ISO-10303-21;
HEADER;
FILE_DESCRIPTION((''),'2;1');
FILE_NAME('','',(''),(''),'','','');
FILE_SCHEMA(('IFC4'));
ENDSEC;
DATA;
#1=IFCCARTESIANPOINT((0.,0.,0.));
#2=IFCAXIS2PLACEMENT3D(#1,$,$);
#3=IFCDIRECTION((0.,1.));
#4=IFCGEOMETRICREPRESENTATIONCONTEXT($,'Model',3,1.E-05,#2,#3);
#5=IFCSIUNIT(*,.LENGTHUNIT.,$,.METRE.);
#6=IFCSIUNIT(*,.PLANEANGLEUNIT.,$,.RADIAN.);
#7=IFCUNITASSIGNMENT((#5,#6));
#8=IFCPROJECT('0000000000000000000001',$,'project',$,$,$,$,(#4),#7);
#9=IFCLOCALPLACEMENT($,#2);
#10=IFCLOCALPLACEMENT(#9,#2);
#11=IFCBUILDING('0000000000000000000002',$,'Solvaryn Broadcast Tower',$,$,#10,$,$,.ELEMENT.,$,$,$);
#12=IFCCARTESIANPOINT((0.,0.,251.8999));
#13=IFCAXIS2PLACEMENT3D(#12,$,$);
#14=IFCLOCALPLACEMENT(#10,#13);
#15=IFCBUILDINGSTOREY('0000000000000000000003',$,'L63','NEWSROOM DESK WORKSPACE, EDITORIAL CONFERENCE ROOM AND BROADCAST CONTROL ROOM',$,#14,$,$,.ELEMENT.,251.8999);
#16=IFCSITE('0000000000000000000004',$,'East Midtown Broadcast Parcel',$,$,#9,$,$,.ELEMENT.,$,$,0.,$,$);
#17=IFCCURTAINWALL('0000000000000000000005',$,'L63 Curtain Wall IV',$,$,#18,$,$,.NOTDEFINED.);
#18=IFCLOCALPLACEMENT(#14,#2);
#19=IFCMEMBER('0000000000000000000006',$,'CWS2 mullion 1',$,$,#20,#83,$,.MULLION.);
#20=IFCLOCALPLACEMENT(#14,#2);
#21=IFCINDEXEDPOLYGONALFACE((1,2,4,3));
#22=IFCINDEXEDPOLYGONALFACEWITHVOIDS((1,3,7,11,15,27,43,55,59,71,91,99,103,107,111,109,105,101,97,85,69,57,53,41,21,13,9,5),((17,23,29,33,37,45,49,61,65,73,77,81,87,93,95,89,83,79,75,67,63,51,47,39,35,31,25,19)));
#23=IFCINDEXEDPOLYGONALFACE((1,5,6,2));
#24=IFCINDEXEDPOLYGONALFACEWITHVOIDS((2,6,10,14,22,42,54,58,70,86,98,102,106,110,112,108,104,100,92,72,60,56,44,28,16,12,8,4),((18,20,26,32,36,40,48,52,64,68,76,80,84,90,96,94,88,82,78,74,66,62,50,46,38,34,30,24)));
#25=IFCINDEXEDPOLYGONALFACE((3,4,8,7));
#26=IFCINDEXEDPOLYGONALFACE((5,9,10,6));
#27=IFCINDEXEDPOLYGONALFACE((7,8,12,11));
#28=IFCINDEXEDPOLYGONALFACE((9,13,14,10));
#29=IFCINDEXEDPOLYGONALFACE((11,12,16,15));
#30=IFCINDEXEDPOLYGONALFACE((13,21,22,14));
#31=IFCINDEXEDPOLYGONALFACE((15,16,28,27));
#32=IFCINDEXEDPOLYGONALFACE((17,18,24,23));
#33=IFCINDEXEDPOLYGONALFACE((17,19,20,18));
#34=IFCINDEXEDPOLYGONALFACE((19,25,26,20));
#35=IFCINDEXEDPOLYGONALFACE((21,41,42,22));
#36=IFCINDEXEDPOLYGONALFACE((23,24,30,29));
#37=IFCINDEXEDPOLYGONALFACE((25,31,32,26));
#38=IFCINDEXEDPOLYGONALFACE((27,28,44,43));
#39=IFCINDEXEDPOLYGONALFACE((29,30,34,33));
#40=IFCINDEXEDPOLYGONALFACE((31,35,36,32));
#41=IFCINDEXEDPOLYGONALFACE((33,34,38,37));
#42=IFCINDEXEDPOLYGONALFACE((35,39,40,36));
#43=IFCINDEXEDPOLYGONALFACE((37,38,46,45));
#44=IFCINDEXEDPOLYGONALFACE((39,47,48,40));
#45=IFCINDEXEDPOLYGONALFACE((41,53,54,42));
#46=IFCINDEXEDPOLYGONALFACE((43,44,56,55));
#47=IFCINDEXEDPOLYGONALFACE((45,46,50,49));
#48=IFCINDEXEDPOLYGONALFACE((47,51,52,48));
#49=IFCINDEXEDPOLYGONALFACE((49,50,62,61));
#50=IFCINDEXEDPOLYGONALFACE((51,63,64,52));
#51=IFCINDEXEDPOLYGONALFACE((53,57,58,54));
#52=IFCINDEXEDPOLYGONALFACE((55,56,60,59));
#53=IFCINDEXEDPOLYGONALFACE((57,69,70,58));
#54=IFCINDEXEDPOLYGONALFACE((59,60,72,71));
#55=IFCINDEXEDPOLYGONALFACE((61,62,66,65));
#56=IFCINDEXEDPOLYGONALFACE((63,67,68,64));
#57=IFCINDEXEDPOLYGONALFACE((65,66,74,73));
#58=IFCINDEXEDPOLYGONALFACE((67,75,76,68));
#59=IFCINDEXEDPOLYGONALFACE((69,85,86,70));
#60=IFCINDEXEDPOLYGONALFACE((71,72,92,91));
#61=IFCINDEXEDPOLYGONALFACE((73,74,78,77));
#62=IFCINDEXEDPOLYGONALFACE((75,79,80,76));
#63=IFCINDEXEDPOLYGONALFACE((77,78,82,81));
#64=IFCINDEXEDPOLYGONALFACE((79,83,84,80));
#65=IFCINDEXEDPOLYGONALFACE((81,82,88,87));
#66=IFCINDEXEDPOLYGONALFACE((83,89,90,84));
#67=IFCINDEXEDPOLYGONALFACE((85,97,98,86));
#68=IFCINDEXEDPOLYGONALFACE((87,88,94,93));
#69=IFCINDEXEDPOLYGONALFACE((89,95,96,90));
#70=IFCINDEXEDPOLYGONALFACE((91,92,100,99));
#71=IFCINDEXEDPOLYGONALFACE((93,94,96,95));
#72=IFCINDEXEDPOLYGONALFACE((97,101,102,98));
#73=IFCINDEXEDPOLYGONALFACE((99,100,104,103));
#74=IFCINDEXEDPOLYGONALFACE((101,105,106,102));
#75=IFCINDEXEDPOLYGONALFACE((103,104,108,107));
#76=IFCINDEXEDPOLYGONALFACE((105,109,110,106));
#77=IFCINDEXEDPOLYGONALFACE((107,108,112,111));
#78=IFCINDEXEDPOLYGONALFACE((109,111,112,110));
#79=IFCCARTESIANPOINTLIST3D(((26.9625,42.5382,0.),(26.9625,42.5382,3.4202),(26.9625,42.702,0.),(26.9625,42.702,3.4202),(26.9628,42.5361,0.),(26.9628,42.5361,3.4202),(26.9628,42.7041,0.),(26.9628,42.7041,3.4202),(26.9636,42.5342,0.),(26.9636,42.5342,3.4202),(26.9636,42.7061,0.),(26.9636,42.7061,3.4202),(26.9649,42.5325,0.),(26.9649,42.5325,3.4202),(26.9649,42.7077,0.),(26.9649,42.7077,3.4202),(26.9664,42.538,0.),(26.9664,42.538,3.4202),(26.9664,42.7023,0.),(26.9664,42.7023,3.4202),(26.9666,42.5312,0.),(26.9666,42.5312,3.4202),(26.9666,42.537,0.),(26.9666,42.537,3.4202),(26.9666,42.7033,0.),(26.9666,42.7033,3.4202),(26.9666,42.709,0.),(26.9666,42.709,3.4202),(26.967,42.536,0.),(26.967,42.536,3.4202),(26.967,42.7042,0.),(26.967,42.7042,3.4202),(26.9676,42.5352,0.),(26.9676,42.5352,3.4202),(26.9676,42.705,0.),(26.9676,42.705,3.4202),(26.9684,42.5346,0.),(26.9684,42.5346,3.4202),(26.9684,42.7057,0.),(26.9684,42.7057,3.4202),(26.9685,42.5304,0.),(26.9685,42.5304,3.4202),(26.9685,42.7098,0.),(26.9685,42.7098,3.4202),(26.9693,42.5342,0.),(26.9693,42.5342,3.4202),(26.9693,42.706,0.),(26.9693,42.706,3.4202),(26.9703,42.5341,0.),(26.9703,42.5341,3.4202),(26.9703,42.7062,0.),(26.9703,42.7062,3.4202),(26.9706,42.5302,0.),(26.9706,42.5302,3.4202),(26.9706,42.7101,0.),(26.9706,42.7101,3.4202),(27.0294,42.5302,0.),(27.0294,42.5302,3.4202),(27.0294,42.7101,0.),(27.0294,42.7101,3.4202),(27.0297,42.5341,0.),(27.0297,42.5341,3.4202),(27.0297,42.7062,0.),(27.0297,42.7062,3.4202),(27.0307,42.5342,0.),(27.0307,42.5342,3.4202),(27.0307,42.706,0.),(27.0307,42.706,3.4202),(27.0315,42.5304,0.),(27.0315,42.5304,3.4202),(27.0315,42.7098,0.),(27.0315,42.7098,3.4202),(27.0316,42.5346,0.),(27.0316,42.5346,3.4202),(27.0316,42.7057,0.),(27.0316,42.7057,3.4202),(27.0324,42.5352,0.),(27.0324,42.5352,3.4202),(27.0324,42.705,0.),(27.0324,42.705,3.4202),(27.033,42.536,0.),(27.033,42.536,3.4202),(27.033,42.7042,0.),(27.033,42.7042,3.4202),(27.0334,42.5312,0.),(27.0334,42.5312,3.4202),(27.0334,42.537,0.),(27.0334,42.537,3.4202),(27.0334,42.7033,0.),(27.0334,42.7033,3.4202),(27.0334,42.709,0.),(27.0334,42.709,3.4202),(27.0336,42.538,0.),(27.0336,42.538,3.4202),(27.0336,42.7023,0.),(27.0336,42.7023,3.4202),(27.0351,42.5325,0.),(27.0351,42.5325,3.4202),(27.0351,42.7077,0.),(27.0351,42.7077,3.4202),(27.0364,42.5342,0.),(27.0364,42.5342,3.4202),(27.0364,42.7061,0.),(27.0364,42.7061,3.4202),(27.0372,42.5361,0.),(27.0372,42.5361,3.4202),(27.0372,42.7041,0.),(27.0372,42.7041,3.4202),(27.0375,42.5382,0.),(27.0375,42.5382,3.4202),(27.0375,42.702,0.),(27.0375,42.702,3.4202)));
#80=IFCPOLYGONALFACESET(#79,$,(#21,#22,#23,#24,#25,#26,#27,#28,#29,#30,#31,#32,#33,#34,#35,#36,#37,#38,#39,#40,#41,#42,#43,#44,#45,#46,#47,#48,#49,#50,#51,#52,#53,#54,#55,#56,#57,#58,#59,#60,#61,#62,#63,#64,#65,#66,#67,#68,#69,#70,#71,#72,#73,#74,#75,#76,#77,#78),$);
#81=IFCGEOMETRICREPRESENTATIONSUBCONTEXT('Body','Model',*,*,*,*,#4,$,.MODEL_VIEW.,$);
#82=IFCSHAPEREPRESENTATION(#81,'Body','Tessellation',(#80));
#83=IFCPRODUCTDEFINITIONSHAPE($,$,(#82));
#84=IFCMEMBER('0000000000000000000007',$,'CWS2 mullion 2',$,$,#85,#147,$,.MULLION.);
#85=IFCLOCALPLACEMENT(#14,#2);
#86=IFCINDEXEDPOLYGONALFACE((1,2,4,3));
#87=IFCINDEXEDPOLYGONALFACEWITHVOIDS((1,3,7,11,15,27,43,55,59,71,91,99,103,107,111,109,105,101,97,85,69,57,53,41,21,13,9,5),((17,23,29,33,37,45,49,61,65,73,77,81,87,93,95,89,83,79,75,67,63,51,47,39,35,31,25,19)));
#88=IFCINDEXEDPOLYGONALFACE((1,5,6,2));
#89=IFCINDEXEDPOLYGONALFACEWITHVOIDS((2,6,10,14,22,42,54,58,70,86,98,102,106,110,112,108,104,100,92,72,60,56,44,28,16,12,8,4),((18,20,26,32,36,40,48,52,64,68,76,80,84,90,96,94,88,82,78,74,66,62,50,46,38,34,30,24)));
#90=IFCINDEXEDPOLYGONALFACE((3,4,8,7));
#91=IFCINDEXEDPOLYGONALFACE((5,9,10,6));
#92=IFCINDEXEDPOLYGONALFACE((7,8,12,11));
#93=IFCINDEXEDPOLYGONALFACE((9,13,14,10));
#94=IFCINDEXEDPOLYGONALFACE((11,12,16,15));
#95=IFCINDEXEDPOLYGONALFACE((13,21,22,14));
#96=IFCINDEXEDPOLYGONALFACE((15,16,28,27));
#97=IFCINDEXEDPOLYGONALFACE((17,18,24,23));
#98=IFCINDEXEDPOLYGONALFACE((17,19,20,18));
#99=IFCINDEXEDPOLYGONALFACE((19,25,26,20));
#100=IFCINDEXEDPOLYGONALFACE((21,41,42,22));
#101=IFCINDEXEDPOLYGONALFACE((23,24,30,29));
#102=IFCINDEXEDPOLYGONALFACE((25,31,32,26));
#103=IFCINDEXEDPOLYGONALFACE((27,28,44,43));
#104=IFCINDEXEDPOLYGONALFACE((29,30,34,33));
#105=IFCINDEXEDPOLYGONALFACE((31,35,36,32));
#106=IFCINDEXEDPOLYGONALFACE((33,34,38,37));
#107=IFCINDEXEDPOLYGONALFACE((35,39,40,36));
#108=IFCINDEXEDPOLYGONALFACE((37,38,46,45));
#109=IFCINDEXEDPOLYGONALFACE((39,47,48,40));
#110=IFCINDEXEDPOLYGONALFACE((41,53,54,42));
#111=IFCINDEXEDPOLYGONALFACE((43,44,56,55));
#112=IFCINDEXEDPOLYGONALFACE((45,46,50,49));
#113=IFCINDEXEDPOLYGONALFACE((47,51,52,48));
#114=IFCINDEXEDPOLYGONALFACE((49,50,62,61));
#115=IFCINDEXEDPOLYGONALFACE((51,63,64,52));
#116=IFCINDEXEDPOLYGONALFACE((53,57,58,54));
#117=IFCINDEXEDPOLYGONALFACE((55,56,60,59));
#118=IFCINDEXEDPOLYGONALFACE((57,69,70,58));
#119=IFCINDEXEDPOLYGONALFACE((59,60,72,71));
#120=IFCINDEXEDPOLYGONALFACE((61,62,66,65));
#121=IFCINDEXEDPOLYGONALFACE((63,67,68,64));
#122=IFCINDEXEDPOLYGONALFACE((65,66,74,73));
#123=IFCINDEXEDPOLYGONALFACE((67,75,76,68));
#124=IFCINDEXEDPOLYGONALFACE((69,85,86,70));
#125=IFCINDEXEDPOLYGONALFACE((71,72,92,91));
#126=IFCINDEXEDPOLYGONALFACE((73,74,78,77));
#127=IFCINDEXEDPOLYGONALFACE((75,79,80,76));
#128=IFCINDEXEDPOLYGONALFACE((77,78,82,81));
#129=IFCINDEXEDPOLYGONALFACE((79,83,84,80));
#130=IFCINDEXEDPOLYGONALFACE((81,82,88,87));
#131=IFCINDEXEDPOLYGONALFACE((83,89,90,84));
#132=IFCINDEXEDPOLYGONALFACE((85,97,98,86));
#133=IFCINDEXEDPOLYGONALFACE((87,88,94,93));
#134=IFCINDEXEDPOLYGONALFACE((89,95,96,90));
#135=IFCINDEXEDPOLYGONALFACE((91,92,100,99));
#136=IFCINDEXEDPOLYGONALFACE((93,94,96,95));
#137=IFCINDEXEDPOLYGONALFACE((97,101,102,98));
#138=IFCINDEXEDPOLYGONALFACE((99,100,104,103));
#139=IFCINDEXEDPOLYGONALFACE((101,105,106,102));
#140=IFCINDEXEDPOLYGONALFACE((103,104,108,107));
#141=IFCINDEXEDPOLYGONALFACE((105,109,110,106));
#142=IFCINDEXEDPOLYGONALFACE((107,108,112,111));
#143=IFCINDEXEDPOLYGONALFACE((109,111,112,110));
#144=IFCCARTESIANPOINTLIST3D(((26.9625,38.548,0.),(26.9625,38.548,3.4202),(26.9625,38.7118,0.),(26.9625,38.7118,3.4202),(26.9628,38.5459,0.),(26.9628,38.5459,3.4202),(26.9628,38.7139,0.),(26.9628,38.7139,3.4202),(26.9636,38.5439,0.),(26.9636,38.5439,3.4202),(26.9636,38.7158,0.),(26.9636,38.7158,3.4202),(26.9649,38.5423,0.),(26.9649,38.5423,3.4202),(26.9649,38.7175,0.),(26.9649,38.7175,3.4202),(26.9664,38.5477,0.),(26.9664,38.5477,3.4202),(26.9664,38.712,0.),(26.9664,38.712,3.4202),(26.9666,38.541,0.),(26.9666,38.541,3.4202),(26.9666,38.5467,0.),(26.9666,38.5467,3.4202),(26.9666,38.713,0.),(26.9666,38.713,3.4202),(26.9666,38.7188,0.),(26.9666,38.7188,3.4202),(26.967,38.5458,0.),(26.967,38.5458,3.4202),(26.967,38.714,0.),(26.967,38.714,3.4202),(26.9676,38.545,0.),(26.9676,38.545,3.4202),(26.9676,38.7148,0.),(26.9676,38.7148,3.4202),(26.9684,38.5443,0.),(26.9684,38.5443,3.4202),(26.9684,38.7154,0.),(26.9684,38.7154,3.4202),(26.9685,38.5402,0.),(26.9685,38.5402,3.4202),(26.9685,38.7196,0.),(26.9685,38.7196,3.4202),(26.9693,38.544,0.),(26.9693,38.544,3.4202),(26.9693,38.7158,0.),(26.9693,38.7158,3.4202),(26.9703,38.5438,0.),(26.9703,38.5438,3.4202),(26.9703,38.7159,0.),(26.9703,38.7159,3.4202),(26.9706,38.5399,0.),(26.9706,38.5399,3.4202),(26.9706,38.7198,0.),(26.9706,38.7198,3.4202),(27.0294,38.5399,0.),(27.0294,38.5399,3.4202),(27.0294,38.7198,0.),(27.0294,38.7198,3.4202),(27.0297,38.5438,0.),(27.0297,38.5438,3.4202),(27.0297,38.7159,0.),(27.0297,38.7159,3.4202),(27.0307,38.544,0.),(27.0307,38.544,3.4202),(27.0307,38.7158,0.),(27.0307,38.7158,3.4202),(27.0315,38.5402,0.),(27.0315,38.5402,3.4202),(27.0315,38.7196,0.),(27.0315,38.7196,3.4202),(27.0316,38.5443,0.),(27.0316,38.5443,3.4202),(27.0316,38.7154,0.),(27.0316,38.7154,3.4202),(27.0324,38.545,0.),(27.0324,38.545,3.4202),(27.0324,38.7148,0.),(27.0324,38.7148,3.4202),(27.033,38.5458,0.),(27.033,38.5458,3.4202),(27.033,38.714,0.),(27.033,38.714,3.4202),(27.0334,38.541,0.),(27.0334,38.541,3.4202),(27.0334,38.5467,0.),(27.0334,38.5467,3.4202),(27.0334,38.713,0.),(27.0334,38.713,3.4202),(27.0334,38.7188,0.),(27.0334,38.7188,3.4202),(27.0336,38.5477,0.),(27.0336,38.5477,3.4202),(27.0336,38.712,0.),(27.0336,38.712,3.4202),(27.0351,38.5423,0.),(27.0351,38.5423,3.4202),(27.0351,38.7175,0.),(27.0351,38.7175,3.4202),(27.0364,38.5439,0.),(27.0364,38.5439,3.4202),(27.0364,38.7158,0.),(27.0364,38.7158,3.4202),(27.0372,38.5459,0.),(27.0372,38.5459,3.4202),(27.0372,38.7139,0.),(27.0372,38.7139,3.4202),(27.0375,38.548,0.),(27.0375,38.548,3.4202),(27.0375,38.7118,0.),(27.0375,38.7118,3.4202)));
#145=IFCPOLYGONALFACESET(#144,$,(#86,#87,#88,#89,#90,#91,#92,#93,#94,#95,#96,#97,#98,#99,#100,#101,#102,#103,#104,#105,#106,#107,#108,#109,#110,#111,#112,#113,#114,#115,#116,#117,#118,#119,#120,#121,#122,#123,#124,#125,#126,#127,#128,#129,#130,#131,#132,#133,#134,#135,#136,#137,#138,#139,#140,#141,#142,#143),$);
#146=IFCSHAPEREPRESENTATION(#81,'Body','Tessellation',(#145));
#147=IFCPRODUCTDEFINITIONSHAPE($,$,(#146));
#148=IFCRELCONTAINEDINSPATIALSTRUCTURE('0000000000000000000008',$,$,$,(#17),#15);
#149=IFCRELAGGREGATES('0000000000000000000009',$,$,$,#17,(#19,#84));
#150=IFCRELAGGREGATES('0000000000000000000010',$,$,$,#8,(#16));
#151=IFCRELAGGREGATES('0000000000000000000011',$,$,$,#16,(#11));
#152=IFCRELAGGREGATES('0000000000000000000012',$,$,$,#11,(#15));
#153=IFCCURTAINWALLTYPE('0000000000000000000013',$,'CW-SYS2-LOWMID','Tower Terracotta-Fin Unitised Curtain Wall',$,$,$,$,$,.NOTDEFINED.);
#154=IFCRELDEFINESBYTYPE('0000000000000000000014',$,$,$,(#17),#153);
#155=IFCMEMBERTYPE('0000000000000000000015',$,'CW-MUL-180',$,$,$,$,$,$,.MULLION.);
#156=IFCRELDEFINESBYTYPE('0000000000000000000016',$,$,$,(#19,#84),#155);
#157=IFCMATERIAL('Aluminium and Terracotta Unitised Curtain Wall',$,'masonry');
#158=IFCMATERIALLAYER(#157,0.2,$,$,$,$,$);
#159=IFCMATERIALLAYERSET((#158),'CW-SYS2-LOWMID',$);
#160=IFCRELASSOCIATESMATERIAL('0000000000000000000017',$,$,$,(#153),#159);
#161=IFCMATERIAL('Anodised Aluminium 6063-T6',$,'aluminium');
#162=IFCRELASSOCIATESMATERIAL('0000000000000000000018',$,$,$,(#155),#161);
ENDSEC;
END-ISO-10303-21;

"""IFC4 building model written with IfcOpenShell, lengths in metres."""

from ifc_helpers import new_model, si_unit, direction, frame, origin, origin_2d, place, context, subcontext, project, spatial, hollow_rectangle, extrude, material, layer, layer_set, material_profile, profile_set, type_object, element, aggregate, save


model = new_model("IFC4")

# Units and contexts
model_context = context("Model", 3, precision=1e-05, world=origin(), true_north=direction((0.0, 1.0)))
body_context = subcontext(model_context, "Body", "Model", "MODEL_VIEW")
ifc_project = project(units=[si_unit("LENGTHUNIT", "METRE"), si_unit("PLANEANGLEUNIT", "RADIAN")], contexts=[model_context])

# Site, building, storey
site_placement = place(None, origin())
site = spatial("IfcSite", under=ifc_project, at=site_placement, Name="East Midtown Broadcast Parcel", CompositionType="ELEMENT", RefElevation=0.0)
building_placement = place(site_placement, origin())
building = spatial("IfcBuilding", under=site, at=building_placement, Name="Solvaryn Broadcast Tower", CompositionType="ELEMENT")
storey_placement = place(building_placement, frame((0.0, 0.0, 251.8999)))
storey = spatial("IfcBuildingStorey", under=building, at=storey_placement, Name="L63", Description="NEWSROOM DESK WORKSPACE, EDITORIAL CONFERENCE ROOM AND BROADCAST CONTROL ROOM", CompositionType="ELEMENT", Elevation=251.8999)

# Curtain wall, members
ifc_material_1 = material(Name="Aluminium and Terracotta Unitised Curtain Wall", Category="masonry")
ifc_layer_1 = layer(ifc_material_1, 0.2)
ifc_layer_set_1 = layer_set([ifc_layer_1], Name="CW-SYS2-LOWMID")
curtain_wall_type = type_object("IfcCurtainWallType", Name="CW-SYS2-LOWMID", Description="Tower Terracotta-Fin Unitised Curtain Wall", PredefinedType="NOTDEFINED", material=ifc_layer_set_1)
curtain_wall_1_placement = place(storey_placement, origin())
curtain_wall_1 = element("IfcCurtainWall", 1, at=curtain_wall_1_placement, inside=storey, type_object=curtain_wall_type, Name="L63 Curtain Wall IV", PredefinedType="NOTDEFINED")
ifc_material_2 = material(Name="Anodised Aluminium 6063-T6", Category="aluminium")
ifc_material_profile_1 = material_profile(ifc_material_2, hollow_rectangle(XDim=0.075, YDim=0.1799, WallThickness=0.0039, InnerFilletRadius=0.0039, OuterFilletRadius=0.0081, at=origin_2d()))
ifc_profile_set_1 = profile_set([ifc_material_profile_1], Name="Anodised Aluminium 6063-T6")
member_type_1 = type_object("IfcMemberType", Name="CW-MUL-180", PredefinedType="MULLION", material=ifc_profile_set_1)
member_1_placement = place(storey_placement, frame((27.0, 42.6201, 0.0), z_axis=(0.0, 0.0, 1.0), x_axis=(1.0, 0.0, 0.0)))
member_1 = element("IfcMember", 2, at=member_1_placement, type_object=member_type_1, Name="CWS2 mullion 1", PredefinedType="MULLION", context=body_context, shape_type="SweptSolid", body=[
    extrude(hollow_rectangle(XDim=0.075, YDim=0.1799, WallThickness=0.0039, InnerFilletRadius=0.0039, OuterFilletRadius=0.0081, at=origin_2d()), origin(), (0.0, 0.0, 1.0), 3.4202),
])
member_2_placement = place(storey_placement, frame((27.0, 38.6299, 0.0), z_axis=(0.0, 0.0, 1.0), x_axis=(1.0, 0.0, 0.0)))
member_2 = element("IfcMember", 3, at=member_2_placement, type_object=member_type_1, Name="CWS2 mullion 2", PredefinedType="MULLION", context=body_context, shape_type="SweptSolid", body=[
    extrude(hollow_rectangle(XDim=0.075, YDim=0.1799, WallThickness=0.0039, InnerFilletRadius=0.0039, OuterFilletRadius=0.0081, at=origin_2d()), origin(), (0.0, 0.0, 1.0), 3.4202),
])

aggregate(curtain_wall_1, [member_1, member_2])

save(model, "model.ifc")
